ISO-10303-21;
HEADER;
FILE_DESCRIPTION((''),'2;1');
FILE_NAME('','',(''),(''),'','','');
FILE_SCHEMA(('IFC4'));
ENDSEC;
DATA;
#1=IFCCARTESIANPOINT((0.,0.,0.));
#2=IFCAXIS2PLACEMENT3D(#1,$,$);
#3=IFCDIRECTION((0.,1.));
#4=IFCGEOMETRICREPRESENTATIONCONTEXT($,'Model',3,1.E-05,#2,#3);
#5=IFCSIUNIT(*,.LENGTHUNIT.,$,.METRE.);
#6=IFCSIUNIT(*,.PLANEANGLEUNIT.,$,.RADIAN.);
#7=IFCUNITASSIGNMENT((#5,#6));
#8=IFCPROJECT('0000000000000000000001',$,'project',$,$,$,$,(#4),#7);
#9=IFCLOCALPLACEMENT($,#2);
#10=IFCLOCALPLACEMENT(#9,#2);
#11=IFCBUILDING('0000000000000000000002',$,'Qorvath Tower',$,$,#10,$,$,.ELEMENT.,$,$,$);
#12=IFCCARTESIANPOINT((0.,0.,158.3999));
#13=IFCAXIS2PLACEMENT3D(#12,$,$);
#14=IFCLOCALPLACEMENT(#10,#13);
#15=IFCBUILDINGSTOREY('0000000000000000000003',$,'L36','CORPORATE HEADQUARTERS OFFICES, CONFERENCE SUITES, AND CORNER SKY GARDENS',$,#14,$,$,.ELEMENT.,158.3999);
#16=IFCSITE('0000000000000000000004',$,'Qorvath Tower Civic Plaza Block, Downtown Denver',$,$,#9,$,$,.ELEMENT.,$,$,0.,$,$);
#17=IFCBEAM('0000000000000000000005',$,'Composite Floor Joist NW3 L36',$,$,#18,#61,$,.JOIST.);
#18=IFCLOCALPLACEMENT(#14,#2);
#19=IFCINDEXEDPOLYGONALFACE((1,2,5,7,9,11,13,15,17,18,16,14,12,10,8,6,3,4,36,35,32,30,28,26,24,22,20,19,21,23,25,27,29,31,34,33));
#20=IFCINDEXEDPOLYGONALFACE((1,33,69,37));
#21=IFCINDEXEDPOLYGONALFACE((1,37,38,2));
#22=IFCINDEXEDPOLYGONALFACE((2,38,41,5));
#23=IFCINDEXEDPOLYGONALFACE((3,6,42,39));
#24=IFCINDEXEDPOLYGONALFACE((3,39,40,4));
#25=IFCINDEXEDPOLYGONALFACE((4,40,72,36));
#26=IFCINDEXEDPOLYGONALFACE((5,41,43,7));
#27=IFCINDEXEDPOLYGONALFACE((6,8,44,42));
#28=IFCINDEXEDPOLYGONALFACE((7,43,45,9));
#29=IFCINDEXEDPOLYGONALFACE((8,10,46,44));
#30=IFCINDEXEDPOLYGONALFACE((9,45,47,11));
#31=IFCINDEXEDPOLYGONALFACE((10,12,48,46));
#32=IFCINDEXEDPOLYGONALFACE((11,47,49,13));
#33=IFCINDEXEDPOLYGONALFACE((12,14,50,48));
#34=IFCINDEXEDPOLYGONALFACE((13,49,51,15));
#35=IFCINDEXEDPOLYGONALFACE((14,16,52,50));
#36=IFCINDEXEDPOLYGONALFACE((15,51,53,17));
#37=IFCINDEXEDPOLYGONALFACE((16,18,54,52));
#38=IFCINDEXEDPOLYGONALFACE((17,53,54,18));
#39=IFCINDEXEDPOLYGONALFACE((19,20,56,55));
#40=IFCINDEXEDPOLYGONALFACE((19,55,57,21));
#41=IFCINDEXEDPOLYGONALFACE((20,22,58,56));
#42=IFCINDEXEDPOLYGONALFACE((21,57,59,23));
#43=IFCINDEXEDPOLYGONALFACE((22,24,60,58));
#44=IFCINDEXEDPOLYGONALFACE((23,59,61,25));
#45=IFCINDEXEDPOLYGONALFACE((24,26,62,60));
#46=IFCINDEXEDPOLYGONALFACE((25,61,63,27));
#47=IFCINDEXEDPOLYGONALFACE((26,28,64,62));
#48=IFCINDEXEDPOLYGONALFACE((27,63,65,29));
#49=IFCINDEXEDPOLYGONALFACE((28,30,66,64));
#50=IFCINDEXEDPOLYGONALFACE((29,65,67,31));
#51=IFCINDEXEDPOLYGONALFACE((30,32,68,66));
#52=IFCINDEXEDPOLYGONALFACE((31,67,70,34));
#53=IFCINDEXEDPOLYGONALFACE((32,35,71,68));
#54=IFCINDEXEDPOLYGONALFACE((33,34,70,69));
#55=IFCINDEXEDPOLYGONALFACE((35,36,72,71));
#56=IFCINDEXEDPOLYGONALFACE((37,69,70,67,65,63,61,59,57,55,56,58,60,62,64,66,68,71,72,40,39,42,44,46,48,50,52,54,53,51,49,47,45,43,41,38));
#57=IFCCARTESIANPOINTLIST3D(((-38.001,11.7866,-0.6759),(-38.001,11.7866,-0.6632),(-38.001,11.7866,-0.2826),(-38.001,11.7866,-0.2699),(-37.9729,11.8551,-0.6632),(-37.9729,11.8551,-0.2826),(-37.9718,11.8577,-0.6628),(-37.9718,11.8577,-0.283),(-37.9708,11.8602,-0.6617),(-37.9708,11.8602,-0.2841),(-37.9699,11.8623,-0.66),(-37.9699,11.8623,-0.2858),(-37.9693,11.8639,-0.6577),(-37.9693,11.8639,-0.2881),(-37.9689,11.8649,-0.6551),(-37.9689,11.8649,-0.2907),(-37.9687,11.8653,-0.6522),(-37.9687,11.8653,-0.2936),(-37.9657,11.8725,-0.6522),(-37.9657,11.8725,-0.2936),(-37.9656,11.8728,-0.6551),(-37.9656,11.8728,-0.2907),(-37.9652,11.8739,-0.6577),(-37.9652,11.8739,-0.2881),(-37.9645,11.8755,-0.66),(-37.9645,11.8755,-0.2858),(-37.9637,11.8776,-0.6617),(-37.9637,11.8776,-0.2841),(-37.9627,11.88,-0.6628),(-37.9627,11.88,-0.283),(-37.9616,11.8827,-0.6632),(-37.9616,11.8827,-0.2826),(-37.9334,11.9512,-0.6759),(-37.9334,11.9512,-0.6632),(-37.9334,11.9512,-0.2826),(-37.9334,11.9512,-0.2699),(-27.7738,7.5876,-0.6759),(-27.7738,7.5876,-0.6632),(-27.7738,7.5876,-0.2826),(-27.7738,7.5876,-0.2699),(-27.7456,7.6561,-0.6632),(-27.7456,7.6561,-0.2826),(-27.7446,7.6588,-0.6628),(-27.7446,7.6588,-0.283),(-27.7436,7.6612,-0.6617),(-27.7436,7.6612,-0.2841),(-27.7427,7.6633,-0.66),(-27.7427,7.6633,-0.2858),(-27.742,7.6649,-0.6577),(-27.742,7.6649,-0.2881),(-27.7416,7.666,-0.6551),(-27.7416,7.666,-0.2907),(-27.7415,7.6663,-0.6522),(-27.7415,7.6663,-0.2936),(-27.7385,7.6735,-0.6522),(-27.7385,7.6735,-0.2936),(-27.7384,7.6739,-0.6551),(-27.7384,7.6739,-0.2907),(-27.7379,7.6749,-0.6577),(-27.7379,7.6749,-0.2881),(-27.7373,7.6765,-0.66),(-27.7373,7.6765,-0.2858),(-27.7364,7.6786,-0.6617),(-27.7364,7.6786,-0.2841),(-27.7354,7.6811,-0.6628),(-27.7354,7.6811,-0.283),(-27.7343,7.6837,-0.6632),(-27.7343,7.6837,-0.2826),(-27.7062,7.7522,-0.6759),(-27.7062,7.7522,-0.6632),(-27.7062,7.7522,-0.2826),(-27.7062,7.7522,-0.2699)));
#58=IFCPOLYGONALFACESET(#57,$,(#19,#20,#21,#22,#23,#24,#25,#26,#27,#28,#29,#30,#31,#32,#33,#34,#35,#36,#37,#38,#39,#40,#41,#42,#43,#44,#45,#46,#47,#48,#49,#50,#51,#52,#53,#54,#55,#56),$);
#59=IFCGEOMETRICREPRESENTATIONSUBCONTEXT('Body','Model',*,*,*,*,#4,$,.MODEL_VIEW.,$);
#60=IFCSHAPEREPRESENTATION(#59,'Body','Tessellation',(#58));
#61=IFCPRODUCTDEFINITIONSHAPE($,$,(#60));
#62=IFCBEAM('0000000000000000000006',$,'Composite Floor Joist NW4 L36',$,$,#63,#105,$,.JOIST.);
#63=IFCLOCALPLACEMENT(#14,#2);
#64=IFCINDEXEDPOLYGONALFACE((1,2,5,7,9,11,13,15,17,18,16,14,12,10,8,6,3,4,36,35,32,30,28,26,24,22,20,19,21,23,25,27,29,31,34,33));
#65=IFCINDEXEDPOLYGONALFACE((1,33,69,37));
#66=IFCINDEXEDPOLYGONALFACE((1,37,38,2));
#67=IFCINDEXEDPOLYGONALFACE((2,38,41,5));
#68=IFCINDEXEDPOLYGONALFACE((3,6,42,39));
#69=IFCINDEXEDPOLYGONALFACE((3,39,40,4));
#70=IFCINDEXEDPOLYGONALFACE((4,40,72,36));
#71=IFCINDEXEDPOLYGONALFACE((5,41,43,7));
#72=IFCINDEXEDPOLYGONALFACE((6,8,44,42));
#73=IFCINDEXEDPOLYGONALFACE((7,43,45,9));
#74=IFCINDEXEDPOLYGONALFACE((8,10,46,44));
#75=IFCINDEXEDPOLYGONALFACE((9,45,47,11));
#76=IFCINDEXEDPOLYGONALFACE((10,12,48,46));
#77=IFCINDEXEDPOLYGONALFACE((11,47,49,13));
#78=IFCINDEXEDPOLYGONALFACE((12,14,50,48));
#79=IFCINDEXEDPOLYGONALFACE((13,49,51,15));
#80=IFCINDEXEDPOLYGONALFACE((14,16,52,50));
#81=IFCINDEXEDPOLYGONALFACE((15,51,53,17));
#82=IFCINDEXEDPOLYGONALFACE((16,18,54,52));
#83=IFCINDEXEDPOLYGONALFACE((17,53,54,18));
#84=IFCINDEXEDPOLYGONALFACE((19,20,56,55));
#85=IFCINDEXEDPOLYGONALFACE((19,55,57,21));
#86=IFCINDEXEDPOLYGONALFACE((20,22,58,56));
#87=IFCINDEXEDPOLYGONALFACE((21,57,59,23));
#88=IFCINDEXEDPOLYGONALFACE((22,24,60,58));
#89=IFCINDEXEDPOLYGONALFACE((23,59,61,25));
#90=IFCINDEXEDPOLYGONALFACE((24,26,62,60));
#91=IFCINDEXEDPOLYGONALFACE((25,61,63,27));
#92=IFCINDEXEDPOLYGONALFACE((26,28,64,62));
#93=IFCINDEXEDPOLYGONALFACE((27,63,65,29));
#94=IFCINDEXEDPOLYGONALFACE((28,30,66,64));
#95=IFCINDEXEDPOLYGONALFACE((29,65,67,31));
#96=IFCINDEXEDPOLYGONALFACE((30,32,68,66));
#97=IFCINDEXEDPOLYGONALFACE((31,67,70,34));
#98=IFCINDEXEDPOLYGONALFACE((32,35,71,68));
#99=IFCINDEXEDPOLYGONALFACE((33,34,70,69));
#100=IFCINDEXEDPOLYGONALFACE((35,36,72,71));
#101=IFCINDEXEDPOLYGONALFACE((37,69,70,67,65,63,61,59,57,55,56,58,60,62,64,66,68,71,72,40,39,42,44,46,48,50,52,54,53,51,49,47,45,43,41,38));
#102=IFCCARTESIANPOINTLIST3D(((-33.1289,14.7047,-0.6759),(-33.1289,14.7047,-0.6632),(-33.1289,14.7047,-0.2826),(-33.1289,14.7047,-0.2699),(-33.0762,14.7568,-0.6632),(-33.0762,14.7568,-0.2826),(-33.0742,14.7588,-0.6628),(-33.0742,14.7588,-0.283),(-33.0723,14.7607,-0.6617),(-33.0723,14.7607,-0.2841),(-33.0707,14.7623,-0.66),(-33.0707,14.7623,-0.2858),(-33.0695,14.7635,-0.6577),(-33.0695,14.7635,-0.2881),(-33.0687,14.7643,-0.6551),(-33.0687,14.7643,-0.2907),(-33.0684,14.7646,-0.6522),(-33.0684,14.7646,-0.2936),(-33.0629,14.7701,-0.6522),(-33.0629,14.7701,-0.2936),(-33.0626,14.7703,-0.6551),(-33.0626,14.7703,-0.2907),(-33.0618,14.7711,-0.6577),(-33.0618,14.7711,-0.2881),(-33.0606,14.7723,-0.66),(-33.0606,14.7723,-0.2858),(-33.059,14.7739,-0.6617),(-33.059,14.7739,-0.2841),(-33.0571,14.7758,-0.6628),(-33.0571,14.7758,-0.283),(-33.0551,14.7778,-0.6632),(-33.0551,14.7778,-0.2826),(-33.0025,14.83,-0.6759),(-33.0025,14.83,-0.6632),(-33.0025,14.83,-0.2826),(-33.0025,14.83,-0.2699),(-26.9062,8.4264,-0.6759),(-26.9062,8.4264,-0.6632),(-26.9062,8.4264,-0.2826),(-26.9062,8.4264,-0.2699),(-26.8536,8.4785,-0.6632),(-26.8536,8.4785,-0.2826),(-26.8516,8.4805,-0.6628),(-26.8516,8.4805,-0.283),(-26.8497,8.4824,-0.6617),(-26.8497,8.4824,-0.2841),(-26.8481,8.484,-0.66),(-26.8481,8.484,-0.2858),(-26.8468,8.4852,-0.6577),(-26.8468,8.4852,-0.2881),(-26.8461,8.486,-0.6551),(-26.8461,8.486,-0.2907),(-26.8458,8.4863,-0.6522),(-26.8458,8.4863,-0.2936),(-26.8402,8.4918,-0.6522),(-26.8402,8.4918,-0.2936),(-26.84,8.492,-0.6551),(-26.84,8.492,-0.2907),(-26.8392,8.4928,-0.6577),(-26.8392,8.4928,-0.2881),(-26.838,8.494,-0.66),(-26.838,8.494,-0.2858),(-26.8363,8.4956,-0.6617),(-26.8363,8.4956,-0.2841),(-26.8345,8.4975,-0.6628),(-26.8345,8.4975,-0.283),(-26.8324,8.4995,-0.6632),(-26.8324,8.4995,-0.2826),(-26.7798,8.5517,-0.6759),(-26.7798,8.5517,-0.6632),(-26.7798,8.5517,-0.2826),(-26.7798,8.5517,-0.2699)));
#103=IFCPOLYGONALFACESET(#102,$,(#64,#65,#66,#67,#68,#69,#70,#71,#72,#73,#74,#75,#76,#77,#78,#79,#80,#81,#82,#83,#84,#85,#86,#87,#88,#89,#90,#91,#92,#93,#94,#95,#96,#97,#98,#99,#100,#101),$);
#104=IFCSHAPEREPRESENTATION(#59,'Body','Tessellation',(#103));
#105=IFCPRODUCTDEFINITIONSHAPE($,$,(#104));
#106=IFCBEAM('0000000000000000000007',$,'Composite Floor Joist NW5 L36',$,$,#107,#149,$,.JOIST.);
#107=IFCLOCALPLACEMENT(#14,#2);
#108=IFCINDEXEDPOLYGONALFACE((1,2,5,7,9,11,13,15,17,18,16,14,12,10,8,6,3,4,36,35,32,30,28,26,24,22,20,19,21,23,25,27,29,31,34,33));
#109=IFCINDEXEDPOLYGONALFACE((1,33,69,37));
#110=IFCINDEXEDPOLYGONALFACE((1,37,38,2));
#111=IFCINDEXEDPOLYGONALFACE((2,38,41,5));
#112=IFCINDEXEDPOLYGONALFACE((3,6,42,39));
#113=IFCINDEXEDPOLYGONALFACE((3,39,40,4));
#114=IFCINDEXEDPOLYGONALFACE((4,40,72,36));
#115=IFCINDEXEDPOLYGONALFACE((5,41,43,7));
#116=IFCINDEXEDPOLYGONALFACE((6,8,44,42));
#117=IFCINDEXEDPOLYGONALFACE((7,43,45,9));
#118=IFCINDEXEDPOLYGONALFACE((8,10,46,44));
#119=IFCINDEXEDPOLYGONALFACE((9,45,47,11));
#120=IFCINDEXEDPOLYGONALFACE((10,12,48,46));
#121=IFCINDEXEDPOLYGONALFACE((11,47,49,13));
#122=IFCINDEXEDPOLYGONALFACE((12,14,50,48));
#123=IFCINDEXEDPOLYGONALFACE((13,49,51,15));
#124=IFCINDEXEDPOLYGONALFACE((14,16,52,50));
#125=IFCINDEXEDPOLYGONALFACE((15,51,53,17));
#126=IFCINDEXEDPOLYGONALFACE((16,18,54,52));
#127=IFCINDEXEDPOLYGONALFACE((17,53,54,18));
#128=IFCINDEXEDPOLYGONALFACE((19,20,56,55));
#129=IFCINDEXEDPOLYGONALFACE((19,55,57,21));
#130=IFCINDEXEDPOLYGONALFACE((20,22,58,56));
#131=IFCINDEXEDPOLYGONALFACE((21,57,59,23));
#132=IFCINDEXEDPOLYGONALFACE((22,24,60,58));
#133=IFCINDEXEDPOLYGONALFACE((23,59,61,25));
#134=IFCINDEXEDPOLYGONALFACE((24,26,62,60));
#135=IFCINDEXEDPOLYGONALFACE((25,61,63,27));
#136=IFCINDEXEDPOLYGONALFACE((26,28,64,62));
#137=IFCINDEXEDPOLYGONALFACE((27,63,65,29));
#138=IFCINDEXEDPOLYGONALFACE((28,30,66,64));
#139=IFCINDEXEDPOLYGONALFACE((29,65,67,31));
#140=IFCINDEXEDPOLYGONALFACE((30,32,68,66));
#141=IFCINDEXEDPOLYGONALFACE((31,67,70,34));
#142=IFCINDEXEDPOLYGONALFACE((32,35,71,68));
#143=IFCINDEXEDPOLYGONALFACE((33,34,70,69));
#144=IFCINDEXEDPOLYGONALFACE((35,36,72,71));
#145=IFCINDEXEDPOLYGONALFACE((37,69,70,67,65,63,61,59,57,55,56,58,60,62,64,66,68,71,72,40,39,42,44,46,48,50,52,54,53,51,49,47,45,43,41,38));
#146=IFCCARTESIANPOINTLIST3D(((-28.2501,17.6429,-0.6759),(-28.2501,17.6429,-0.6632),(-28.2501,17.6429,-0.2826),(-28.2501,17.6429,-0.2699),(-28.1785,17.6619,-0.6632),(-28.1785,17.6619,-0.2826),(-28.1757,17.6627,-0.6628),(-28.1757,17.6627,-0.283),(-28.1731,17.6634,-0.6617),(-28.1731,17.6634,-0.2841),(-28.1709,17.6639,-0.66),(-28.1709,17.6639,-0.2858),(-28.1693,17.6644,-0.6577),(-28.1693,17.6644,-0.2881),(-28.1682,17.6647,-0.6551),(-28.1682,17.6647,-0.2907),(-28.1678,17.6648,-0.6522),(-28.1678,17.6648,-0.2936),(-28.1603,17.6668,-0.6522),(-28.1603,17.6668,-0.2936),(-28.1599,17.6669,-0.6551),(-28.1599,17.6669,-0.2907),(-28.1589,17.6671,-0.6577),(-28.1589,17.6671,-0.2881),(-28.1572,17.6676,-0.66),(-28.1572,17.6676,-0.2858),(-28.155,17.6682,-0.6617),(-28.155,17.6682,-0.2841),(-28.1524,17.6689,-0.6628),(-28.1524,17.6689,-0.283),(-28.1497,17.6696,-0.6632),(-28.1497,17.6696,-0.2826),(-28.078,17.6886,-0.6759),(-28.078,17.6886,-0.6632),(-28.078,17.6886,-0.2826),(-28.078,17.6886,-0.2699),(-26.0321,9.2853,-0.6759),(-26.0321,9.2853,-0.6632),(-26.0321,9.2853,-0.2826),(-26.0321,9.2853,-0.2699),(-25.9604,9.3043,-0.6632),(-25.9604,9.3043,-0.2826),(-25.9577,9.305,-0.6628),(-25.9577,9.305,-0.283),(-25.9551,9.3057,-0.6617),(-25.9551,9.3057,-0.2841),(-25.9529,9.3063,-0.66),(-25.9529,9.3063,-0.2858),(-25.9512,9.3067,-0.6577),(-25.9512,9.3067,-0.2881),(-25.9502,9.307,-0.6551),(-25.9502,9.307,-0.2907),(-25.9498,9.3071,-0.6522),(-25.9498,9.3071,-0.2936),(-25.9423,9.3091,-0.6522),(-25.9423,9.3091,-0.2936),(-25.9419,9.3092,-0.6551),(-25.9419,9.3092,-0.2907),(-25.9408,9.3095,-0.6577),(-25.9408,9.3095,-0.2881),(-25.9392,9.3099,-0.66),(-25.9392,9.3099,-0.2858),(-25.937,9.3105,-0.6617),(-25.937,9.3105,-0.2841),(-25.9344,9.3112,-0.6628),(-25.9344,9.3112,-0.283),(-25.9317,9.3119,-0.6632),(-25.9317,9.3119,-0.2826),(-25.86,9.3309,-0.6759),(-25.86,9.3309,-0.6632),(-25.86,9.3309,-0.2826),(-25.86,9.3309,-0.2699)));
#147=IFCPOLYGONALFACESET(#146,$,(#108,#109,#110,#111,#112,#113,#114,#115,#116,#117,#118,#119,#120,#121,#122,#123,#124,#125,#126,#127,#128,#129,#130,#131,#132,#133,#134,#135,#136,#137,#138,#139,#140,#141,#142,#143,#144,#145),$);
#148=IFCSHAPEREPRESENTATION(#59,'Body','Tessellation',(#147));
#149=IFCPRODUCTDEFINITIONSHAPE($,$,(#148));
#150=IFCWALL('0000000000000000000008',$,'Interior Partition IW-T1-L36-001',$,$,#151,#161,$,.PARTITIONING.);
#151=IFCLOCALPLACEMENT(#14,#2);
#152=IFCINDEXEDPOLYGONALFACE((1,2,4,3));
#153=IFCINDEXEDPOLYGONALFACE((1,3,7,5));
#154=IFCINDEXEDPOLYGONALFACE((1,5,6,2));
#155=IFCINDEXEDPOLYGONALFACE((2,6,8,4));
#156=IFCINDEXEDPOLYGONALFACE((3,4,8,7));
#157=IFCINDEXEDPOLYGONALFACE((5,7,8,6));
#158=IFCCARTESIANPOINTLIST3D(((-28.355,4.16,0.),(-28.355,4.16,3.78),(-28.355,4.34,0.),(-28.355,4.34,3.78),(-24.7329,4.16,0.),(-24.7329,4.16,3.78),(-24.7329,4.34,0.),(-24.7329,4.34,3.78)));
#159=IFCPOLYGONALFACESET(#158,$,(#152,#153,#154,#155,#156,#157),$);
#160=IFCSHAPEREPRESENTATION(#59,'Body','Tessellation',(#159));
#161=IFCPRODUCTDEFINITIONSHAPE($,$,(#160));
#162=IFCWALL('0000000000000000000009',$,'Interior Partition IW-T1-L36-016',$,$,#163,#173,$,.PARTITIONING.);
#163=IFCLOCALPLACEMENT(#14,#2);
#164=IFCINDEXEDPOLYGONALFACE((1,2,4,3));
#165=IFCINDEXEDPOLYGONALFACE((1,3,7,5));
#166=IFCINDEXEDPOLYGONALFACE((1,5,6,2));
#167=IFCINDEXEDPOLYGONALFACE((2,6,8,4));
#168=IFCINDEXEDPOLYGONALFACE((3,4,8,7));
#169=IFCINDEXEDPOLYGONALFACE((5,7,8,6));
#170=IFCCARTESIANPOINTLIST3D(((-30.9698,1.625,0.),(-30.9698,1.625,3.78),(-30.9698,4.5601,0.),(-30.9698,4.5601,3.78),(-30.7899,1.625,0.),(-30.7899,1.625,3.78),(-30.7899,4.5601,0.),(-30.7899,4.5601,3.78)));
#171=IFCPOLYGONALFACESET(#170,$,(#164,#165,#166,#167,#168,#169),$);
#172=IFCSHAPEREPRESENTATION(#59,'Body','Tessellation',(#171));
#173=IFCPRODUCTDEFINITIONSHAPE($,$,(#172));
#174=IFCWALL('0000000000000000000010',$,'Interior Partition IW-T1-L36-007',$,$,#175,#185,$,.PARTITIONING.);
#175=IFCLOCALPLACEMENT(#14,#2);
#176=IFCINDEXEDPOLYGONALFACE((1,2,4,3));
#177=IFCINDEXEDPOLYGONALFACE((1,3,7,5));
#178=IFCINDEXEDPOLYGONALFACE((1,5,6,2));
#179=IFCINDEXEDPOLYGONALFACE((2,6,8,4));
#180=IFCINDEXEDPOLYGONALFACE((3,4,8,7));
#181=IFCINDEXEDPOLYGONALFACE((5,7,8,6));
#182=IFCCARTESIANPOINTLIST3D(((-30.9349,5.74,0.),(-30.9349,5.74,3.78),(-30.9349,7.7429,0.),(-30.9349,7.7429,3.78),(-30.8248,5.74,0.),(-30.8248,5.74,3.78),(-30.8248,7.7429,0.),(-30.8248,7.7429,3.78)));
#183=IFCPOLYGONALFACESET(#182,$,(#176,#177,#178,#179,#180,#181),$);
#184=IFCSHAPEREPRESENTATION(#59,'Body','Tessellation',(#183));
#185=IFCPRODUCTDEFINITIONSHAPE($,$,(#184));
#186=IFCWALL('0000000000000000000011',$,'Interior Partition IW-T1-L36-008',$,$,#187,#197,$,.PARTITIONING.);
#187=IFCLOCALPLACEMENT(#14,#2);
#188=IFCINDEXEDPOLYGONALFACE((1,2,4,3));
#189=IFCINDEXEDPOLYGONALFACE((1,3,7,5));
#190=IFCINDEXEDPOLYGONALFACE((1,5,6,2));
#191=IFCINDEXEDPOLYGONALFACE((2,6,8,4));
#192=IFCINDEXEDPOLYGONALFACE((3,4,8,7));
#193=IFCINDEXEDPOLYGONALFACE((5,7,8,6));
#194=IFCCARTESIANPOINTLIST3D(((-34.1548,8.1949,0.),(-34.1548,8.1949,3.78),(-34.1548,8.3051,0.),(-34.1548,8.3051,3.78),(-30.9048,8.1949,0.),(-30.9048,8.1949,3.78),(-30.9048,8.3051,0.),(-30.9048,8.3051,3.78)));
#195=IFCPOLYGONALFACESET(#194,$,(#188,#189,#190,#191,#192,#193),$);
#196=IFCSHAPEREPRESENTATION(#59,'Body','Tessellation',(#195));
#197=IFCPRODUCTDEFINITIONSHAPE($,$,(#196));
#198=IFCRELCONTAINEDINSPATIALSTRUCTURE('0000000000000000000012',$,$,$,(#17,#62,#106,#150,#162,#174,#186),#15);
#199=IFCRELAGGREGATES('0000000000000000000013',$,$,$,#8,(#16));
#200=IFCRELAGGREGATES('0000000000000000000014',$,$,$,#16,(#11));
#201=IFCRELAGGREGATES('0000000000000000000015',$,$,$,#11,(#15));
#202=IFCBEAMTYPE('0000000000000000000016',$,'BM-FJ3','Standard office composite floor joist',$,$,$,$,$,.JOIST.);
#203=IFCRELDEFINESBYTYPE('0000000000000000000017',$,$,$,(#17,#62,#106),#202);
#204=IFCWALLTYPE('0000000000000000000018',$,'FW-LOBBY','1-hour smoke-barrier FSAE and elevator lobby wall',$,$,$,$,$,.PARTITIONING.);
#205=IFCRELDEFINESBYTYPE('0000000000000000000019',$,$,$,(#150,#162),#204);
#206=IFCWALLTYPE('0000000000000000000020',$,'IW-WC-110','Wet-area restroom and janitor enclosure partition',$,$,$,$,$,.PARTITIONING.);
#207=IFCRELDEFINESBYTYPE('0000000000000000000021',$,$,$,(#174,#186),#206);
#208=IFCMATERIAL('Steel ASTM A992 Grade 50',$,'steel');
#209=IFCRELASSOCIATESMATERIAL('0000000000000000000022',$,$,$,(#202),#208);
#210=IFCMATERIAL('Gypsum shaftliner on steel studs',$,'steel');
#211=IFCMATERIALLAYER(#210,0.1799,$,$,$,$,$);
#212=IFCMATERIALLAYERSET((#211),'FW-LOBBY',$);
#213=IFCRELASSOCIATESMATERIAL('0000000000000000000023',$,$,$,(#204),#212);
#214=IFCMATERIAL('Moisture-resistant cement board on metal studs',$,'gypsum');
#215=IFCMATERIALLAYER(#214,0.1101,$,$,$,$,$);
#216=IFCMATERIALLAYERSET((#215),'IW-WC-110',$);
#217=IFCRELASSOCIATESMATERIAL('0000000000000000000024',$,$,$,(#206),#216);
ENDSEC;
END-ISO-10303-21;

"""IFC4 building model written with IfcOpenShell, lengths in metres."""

from ifc_helpers import new_model, si_unit, direction, frame, frame_2d, origin, origin_2d, place, context, subcontext, project, spatial, rectangle, i_section, extrude, material, layer, layer_set, material_profile, profile_set, type_object, element, save


model = new_model("IFC4")

# Units and contexts
model_context = context("Model", 3, precision=1e-05, world=origin(), true_north=direction((0.0, 1.0)))
body_context = subcontext(model_context, "Body", "Model", "MODEL_VIEW")
ifc_project = project(units=[si_unit("LENGTHUNIT", "METRE"), si_unit("PLANEANGLEUNIT", "RADIAN")], contexts=[model_context])

# Site, building, storey
site_placement = place(None, origin())
site = spatial("IfcSite", under=ifc_project, at=site_placement, Name="Qorvath Tower Civic Plaza Block, Downtown Denver", CompositionType="ELEMENT", RefElevation=0.0)
building_placement = place(site_placement, origin())
building = spatial("IfcBuilding", under=site, at=building_placement, Name="Qorvath Tower", CompositionType="ELEMENT")
storey_placement = place(building_placement, frame((0.0, 0.0, 158.3999)))
storey = spatial("IfcBuildingStorey", under=building, at=storey_placement, Name="L36", Description="CORPORATE HEADQUARTERS OFFICES, CONFERENCE SUITES, AND CORNER SKY GARDENS", CompositionType="ELEMENT", Elevation=158.3999)

# Beams
ifc_material_1 = material(Name="Steel ASTM A992 Grade 50", Category="steel")
ifc_material_profile_1 = material_profile(ifc_material_1, i_section(OverallWidth=0.178, OverallDepth=0.406, WebThickness=0.0078, FlangeThickness=0.0127, FilletRadius=0.011, at=origin_2d()), Name="W16x40")
ifc_profile_set_1 = profile_set([ifc_material_profile_1], Name="Steel ASTM A992 Grade 50")
beam_type_1 = type_object("IfcBeamType", Name="BM-FJ3", Description="Standard office composite floor joist", PredefinedType="JOIST", material=ifc_profile_set_1)
beam_1_placement = place(storey_placement, frame((-27.74, 7.6699, -0.4729), z_axis=(-0.925068, 0.379801, 0.0), x_axis=(-0.379801, -0.925068, 0.0)))
element("IfcBeam", 1, at=beam_1_placement, inside=storey, type_object=beam_type_1, Name="Composite Floor Joist NW3 L36", PredefinedType="JOIST", context=body_context, shape_type="SweptSolid", body=[
    extrude(i_section(OverallWidth=0.178, OverallDepth=0.406, WebThickness=0.0078, FlangeThickness=0.0127, FilletRadius=0.011, at=origin_2d()), origin(), (0.0, 0.0, 1.0), 11.0557),
])
beam_2_placement = place(storey_placement, frame((-26.843, 8.489, -0.4729), z_axis=(-0.703951, 0.710248, 0.0), x_axis=(-0.710248, -0.703951, 0.0)))
element("IfcBeam", 2, at=beam_2_placement, inside=storey, type_object=beam_type_1, Name="Composite Floor Joist NW4 L36", PredefinedType="JOIST", context=body_context, shape_type="SweptSolid", body=[
    extrude(i_section(OverallWidth=0.178, OverallDepth=0.406, WebThickness=0.0078, FlangeThickness=0.0127, FilletRadius=0.011, at=origin_2d()), origin(), (0.0, 0.0, 1.0), 8.8396),
])
beam_3_placement = place(storey_placement, frame((-25.946, 9.3081, -0.4729), z_axis=(-0.256508, 0.966542, 0.0), x_axis=(-0.966542, -0.256508, 0.0)))
element("IfcBeam", 3, at=beam_3_placement, inside=storey, type_object=beam_type_1, Name="Composite Floor Joist NW5 L36", PredefinedType="JOIST", context=body_context, shape_type="SweptSolid", body=[
    extrude(i_section(OverallWidth=0.178, OverallDepth=0.406, WebThickness=0.0078, FlangeThickness=0.0127, FilletRadius=0.011, at=origin_2d()), origin(), (0.0, 0.0, 1.0), 8.647),
])

# Wall
ifc_material_2 = material(Name="Gypsum shaftliner on steel studs", Category="steel")
ifc_layer_1 = layer(ifc_material_2, 0.1799)
ifc_layer_set_1 = layer_set([ifc_layer_1], Name="FW-LOBBY")
wall_type_1 = type_object("IfcWallType", Name="FW-LOBBY", Description="1-hour smoke-barrier FSAE and elevator lobby wall", PredefinedType="PARTITIONING", material=ifc_layer_set_1)
wall_1_placement = place(storey_placement, frame((-28.355, 4.25, 0.0), z_axis=(0.0, 0.0, 1.0), x_axis=(1.0, 0.0, 0.0)))
element("IfcWall", 4, at=wall_1_placement, inside=storey, type_object=wall_type_1, Name="Interior Partition IW-T1-L36-001", PredefinedType="PARTITIONING", context=body_context, shape_type="SweptSolid", body=[
    extrude(rectangle(XDim=3.6221, YDim=0.1799, at=frame_2d((1.811, 0.0))), origin(), (0.0, 0.0, 1.0), 3.78),
])

# Walls
wall_2_placement = place(storey_placement, frame((-30.8799, 1.625, 0.0), z_axis=(0.0, 0.0, 1.0), x_axis=(0.0, 1.0, 0.0)))
element("IfcWall", 5, at=wall_2_placement, inside=storey, type_object=wall_type_1, Name="Interior Partition IW-T1-L36-016", PredefinedType="PARTITIONING", context=body_context, shape_type="SweptSolid", body=[
    extrude(rectangle(XDim=2.9351, YDim=0.1799, at=frame_2d((1.4675, 0.0))), origin(), (0.0, 0.0, 1.0), 3.78),
])
ifc_material_3 = material(Name="Moisture-resistant cement board on metal studs", Category="gypsum")
ifc_layer_2 = layer(ifc_material_3, 0.1101)
ifc_layer_set_2 = layer_set([ifc_layer_2], Name="IW-WC-110")
wall_type_2 = type_object("IfcWallType", Name="IW-WC-110", Description="Wet-area restroom and janitor enclosure partition", PredefinedType="PARTITIONING", material=ifc_layer_set_2)
wall_3_placement = place(storey_placement, frame((-30.8799, 5.74, 0.0), z_axis=(0.0, 0.0, 1.0), x_axis=(0.0, 1.0, 0.0)))
element("IfcWall", 6, at=wall_3_placement, inside=storey, type_object=wall_type_2, Name="Interior Partition IW-T1-L36-007", PredefinedType="PARTITIONING", context=body_context, shape_type="SweptSolid", body=[
    extrude(rectangle(XDim=2.0029, YDim=0.1101, at=frame_2d((1.0015, 0.0))), origin(), (0.0, 0.0, 1.0), 3.78),
])
wall_4_placement = place(storey_placement, frame((-30.9048, 8.25, 0.0), z_axis=(0.0, 0.0, 1.0), x_axis=(-1.0, 0.0, 0.0)))
element("IfcWall", 7, at=wall_4_placement, inside=storey, type_object=wall_type_2, Name="Interior Partition IW-T1-L36-008", PredefinedType="PARTITIONING", context=body_context, shape_type="SweptSolid", body=[
    extrude(rectangle(XDim=3.25, YDim=0.1101, at=frame_2d((1.625, 0.0))), origin(), (0.0, 0.0, 1.0), 3.78),
])

save(model, "model.ifc")
